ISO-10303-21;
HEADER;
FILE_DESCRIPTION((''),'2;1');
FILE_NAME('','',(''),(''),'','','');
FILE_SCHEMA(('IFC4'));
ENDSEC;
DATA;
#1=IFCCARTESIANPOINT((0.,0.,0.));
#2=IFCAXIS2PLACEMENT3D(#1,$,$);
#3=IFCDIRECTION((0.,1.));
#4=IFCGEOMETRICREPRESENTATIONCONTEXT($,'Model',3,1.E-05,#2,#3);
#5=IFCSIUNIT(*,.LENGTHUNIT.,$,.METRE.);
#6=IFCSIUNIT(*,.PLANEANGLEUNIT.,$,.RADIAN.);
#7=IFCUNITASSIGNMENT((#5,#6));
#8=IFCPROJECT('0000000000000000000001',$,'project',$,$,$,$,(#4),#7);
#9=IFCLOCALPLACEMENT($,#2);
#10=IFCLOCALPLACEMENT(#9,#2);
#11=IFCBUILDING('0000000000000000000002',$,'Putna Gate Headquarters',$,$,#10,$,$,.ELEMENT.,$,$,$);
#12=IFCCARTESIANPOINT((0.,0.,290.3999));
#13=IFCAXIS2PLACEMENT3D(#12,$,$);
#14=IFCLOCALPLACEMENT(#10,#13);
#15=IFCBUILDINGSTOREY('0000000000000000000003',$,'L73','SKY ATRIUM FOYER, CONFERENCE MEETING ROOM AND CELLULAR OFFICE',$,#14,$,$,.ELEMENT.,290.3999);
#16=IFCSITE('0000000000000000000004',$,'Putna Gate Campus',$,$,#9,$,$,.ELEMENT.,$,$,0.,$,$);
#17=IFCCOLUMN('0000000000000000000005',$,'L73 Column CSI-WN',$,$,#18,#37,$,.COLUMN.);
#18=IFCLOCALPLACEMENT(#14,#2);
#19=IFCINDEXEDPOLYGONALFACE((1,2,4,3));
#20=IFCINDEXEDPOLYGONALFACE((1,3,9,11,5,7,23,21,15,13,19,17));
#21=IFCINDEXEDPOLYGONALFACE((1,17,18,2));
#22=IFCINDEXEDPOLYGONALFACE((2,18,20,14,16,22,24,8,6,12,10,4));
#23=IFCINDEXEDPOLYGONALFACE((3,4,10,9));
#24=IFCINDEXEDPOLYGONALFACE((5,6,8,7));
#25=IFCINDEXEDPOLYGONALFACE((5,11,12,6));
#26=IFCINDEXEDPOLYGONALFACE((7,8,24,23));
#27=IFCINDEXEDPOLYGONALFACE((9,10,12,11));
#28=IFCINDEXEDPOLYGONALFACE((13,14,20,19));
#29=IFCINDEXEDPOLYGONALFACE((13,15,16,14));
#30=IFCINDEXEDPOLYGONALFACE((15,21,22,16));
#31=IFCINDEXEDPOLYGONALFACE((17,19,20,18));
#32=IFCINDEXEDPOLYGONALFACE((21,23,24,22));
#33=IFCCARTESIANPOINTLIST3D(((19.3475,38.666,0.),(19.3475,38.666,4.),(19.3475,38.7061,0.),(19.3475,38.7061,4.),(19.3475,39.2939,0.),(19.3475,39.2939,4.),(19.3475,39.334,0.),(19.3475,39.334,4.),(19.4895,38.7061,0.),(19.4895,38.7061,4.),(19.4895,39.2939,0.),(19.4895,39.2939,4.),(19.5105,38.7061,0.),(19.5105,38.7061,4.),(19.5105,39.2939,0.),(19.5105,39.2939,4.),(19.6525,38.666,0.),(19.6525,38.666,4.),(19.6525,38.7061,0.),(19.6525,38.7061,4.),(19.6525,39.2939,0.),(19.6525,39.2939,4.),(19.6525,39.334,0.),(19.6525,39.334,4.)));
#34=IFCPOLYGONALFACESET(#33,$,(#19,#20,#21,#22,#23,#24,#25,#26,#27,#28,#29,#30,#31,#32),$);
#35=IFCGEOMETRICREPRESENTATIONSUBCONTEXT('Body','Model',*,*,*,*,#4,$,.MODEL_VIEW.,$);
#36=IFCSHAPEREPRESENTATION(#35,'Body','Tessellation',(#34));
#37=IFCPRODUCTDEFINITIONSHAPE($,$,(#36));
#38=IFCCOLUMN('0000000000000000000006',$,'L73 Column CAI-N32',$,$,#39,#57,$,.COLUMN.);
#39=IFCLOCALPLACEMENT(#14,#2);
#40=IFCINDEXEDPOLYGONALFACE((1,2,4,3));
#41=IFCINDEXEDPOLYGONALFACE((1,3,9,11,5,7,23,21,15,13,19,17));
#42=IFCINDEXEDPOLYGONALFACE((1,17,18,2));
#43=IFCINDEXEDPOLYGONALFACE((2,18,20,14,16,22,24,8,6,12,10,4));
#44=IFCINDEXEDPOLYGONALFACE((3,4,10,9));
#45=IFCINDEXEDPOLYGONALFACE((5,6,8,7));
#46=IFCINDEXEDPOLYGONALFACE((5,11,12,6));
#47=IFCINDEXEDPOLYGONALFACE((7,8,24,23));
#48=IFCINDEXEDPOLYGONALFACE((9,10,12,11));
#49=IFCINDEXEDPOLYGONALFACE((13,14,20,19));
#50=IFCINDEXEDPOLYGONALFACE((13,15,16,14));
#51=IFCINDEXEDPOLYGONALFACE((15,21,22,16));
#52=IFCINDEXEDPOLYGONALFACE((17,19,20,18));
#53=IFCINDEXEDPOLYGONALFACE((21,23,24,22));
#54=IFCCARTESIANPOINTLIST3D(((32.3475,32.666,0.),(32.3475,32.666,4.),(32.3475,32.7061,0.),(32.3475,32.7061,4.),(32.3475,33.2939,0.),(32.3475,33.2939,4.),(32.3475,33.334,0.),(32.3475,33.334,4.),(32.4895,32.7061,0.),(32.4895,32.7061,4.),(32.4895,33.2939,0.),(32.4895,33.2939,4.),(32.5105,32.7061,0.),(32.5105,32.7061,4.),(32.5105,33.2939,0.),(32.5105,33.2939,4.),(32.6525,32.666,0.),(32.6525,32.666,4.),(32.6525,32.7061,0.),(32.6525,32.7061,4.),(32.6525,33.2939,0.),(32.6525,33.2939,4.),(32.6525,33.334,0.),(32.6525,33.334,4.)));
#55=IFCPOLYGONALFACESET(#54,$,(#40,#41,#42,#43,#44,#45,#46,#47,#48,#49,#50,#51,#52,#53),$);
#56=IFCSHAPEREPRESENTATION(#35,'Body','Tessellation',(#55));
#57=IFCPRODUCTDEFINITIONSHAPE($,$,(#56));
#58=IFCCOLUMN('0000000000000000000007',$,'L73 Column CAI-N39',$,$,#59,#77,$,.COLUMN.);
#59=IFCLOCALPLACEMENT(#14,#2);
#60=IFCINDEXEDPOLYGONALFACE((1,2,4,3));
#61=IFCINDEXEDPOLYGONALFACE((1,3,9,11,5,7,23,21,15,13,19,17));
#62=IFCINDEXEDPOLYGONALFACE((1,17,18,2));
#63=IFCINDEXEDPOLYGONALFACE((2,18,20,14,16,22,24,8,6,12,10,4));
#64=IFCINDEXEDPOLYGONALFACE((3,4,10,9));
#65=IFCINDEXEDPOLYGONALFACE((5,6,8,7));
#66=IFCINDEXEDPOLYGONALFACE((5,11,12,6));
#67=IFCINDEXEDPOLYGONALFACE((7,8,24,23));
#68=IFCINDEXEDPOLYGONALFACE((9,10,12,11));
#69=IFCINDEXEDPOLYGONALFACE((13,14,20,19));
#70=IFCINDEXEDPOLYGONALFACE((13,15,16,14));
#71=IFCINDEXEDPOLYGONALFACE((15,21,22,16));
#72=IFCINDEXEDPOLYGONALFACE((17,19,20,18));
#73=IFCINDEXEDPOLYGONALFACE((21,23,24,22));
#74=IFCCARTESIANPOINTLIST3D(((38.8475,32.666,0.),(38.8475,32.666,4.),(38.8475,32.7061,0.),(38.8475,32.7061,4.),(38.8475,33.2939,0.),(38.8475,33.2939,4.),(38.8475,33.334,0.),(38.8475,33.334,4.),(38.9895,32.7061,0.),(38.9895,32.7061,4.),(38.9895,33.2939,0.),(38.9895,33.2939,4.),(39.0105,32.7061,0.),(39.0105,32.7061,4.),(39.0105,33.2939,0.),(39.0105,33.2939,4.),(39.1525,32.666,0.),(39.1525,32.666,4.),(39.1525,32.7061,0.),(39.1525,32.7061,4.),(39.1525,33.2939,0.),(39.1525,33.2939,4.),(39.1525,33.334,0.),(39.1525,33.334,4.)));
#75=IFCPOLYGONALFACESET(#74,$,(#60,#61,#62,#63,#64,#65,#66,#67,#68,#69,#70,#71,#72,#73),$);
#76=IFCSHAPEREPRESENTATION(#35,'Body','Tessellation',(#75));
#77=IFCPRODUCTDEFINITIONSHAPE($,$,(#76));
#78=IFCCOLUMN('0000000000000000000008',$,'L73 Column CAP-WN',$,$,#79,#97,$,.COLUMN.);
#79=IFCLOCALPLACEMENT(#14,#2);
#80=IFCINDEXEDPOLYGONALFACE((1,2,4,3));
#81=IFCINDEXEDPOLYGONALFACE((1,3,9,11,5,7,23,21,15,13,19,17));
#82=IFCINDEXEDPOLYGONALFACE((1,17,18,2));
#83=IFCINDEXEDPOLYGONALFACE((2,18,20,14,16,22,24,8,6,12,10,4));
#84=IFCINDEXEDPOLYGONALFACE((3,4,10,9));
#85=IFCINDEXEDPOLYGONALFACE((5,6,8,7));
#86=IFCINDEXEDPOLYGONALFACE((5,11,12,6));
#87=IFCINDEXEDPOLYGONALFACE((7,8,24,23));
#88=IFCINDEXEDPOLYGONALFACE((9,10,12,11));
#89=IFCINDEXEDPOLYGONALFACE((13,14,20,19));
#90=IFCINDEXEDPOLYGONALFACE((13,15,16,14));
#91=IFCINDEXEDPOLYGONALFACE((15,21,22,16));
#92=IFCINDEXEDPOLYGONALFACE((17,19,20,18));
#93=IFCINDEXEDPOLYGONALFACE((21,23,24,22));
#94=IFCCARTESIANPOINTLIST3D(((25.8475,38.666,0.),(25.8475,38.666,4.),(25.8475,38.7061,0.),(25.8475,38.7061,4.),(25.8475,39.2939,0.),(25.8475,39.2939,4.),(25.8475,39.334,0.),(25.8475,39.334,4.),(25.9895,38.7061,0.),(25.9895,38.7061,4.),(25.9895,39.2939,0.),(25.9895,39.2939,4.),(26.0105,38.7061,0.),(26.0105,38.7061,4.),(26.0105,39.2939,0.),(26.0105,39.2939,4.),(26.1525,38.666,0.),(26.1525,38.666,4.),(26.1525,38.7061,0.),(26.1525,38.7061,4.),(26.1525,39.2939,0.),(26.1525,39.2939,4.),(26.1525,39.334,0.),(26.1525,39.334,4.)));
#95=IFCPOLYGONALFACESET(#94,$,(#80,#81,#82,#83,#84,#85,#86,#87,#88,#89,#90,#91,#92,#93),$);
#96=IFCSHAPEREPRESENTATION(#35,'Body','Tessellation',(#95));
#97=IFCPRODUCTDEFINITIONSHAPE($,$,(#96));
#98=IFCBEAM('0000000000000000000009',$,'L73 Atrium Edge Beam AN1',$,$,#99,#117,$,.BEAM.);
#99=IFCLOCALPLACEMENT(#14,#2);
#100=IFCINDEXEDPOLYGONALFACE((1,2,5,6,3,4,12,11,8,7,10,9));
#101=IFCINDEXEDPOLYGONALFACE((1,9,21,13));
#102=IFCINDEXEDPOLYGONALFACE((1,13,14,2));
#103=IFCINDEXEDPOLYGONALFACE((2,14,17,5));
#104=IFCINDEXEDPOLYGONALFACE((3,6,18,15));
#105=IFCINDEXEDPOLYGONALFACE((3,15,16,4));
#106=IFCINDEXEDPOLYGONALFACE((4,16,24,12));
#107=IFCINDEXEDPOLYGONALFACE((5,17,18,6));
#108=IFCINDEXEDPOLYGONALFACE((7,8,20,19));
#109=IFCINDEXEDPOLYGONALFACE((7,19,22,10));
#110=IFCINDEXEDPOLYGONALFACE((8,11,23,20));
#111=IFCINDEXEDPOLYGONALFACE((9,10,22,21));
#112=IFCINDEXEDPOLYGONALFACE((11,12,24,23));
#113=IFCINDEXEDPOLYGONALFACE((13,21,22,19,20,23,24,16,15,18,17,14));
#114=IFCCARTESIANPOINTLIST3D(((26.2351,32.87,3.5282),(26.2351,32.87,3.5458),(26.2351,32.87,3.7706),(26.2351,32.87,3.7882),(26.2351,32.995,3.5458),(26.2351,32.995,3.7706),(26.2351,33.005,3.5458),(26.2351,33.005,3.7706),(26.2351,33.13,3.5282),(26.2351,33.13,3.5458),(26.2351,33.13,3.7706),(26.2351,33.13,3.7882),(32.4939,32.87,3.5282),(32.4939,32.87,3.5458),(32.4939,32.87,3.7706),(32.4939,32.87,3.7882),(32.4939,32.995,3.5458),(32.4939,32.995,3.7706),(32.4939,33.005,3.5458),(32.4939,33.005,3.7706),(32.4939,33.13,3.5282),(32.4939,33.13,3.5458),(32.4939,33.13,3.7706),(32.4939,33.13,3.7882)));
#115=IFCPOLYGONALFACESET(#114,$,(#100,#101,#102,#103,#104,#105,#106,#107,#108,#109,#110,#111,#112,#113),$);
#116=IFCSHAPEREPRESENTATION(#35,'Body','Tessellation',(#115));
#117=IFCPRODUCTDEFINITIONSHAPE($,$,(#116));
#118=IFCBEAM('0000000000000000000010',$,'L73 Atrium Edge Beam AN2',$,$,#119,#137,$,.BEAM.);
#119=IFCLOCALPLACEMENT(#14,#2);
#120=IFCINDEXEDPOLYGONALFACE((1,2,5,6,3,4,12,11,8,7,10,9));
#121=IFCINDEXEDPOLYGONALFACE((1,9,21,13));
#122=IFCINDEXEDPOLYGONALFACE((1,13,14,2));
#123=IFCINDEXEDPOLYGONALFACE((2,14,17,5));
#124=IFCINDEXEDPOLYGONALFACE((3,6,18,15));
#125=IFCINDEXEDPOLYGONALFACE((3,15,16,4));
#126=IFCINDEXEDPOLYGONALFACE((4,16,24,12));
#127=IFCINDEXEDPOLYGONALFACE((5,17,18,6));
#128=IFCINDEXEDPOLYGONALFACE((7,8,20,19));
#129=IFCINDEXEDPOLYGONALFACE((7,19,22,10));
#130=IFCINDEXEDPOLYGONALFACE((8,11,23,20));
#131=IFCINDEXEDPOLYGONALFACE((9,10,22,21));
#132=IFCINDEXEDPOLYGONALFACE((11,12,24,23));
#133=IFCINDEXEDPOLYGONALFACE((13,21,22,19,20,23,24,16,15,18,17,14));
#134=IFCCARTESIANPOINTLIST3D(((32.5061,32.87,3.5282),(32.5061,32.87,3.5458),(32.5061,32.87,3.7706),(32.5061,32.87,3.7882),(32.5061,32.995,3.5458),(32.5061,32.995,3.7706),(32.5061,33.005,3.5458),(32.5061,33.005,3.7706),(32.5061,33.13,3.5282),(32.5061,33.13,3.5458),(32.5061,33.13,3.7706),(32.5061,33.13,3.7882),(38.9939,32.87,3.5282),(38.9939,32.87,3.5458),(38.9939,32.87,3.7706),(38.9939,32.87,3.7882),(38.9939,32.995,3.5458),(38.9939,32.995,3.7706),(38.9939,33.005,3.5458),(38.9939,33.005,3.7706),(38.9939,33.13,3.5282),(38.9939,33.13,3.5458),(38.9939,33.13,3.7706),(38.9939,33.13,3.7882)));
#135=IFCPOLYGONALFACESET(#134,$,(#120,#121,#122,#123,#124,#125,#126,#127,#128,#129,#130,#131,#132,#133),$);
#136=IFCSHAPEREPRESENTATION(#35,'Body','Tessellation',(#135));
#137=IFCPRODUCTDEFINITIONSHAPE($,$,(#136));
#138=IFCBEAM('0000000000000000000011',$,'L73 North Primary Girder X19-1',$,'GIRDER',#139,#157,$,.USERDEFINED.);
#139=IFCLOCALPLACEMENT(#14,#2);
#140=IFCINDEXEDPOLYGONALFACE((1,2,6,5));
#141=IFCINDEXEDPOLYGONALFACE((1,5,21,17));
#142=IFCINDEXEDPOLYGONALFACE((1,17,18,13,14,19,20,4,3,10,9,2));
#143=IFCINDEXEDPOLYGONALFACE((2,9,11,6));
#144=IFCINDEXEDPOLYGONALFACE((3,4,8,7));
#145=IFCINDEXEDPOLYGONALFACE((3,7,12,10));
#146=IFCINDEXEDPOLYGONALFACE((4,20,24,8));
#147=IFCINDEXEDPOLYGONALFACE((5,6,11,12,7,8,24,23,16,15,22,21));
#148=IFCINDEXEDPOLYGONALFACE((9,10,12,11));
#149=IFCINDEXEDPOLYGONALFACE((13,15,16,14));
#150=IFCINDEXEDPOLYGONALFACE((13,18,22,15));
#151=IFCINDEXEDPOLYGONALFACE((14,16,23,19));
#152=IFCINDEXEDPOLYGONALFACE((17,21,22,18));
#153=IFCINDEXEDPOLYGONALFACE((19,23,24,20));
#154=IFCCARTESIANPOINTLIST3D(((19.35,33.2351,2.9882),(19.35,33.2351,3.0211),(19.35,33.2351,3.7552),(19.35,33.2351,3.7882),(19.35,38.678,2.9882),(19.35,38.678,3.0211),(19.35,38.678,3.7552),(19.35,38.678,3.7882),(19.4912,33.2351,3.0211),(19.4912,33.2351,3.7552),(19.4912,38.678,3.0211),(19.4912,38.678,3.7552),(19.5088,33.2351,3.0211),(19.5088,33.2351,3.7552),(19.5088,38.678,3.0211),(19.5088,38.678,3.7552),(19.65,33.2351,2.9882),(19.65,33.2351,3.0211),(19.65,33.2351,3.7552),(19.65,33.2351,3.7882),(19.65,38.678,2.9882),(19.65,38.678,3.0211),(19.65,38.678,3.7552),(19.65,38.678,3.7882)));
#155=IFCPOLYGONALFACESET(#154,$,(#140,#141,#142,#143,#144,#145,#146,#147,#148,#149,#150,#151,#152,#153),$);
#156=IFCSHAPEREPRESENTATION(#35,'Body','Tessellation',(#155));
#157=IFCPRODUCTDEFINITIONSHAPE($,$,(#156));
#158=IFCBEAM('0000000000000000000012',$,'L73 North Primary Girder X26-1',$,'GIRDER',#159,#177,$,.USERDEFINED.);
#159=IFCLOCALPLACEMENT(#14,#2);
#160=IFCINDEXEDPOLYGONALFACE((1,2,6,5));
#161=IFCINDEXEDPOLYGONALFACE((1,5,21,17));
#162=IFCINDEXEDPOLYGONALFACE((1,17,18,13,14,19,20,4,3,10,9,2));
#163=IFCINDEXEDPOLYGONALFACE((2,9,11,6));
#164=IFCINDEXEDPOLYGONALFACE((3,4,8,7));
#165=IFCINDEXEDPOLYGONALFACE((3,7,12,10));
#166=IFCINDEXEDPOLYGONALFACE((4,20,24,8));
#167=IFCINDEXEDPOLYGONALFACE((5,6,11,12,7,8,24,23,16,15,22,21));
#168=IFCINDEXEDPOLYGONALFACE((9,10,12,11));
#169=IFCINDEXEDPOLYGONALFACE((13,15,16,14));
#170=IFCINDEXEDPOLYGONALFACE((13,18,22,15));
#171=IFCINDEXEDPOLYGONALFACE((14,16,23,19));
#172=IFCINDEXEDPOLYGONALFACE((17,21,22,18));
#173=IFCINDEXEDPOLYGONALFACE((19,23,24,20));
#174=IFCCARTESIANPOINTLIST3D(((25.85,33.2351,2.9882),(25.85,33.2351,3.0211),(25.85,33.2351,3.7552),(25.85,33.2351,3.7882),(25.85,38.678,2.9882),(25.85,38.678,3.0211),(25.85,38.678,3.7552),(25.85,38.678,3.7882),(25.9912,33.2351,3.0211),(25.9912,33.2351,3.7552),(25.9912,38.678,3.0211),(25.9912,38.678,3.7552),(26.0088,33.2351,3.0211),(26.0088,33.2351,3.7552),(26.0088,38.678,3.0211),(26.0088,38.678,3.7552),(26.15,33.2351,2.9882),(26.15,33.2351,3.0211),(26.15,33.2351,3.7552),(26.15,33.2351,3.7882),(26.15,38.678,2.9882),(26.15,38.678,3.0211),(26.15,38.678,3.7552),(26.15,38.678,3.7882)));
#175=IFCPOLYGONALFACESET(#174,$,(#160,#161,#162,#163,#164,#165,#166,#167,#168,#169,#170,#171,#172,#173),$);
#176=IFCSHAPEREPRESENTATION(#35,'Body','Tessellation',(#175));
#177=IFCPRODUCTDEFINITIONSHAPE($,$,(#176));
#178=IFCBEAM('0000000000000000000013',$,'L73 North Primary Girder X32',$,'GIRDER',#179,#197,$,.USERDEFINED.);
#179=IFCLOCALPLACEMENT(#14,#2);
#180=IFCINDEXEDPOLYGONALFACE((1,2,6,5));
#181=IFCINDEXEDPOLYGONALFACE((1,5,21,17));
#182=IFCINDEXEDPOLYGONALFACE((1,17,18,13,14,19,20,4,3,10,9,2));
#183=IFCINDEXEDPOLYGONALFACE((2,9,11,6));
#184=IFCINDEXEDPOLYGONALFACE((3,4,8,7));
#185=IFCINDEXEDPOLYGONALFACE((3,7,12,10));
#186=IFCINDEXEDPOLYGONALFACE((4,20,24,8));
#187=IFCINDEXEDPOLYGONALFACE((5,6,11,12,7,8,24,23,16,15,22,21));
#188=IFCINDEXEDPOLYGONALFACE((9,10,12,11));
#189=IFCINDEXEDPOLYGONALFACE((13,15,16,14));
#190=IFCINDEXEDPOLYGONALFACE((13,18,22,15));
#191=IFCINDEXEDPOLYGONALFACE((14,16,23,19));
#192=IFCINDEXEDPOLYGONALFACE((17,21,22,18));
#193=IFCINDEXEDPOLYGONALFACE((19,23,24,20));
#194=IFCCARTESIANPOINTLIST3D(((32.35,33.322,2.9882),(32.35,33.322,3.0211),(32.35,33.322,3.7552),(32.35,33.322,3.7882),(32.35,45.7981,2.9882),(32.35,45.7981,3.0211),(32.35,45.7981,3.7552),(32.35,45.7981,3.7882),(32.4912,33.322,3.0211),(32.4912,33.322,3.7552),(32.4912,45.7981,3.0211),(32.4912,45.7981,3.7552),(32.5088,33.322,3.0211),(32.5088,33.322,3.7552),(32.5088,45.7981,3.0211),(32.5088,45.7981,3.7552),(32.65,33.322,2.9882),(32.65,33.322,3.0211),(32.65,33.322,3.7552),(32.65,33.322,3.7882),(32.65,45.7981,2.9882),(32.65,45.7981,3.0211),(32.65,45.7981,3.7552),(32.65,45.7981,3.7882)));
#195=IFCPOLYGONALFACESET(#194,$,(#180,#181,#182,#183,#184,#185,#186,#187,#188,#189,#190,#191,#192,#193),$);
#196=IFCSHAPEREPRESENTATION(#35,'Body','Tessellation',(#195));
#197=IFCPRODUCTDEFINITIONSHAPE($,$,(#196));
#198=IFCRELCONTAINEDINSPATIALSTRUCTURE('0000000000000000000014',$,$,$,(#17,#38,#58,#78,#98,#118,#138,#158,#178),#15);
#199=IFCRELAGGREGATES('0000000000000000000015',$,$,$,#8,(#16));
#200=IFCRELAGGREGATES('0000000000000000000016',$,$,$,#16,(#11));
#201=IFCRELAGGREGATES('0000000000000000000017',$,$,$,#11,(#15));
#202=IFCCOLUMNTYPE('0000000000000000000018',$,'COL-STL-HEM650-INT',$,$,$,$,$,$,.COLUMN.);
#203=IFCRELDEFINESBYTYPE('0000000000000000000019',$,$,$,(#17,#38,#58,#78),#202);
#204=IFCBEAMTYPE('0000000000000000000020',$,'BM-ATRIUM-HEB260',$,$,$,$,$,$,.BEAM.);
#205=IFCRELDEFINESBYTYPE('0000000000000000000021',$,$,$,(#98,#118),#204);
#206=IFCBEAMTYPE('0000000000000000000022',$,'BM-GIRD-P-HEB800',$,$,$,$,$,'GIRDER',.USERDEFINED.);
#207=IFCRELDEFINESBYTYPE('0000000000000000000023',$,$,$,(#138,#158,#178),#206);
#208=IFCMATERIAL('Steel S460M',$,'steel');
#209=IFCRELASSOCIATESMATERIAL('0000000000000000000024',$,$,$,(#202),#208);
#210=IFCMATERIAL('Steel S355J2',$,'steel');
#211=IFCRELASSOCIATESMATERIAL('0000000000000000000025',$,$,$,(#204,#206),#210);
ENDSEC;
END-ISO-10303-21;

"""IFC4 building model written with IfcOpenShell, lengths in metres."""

from ifc_helpers import new_model, si_unit, direction, frame, origin, origin_2d, place, context, subcontext, project, spatial, i_section, extrude, material, material_profile, profile_set, type_object, element, save


model = new_model("IFC4")

# Units and contexts
model_context = context("Model", 3, precision=1e-05, world=origin(), true_north=direction((0.0, 1.0)))
body_context = subcontext(model_context, "Body", "Model", "MODEL_VIEW")
ifc_project = project(units=[si_unit("LENGTHUNIT", "METRE"), si_unit("PLANEANGLEUNIT", "RADIAN")], contexts=[model_context])

# Site, building, storey
site_placement = place(None, origin())
site = spatial("IfcSite", under=ifc_project, at=site_placement, Name="Putna Gate Campus", CompositionType="ELEMENT", RefElevation=0.0)
building_placement = place(site_placement, origin())
building = spatial("IfcBuilding", under=site, at=building_placement, Name="Putna Gate Headquarters", CompositionType="ELEMENT")
storey_placement = place(building_placement, frame((0.0, 0.0, 290.3999)))
storey = spatial("IfcBuildingStorey", under=building, at=storey_placement, Name="L73", Description="SKY ATRIUM FOYER, CONFERENCE MEETING ROOM AND CELLULAR OFFICE", CompositionType="ELEMENT", Elevation=290.3999)

# Columns
ifc_material_1 = material(Name="Steel S460M", Category="steel")
ifc_material_profile_1 = material_profile(ifc_material_1, i_section(OverallWidth=0.3049, OverallDepth=0.668, WebThickness=0.021, FlangeThickness=0.04, at=origin_2d()), Name="Steel S460M")
ifc_profile_set_1 = profile_set([ifc_material_profile_1], Name="Steel S460M")
column_type = type_object("IfcColumnType", Name="COL-STL-HEM650-INT", PredefinedType="COLUMN", material=ifc_profile_set_1)
for number, where, z_axis, x_axis, name in (
    (1, (19.5, 39.0, 0.0), (0.0, 0.0, 1.0), (1.0, 0.0, 0.0), "L73 Column CSI-WN"),
    (2, (32.5, 33.0, 0.0), (0.0, 0.0, 1.0), (1.0, 0.0, 0.0), "L73 Column CAI-N32"),
    (3, (39.0, 33.0, 0.0), (0.0, 0.0, 1.0), (1.0, 0.0, 0.0), "L73 Column CAI-N39"),
    (4, (26.0, 39.0, 0.0), (0.0, 0.0, 1.0), (1.0, 0.0, 0.0), "L73 Column CAP-WN"),
):
    element("IfcColumn", number, at=place(storey_placement, frame(where, z_axis=z_axis, x_axis=x_axis)), inside=storey, type_object=column_type, Name=name, PredefinedType="COLUMN", context=body_context, shape_type="SweptSolid", body=[
        extrude(i_section(OverallWidth=0.3049, OverallDepth=0.668, WebThickness=0.021, FlangeThickness=0.04, at=origin_2d()), origin(), (0.0, 0.0, 1.0), 4.0),
    ])

# Beams
ifc_material_2 = material(Name="Steel S355J2", Category="steel")
ifc_material_profile_2 = material_profile(ifc_material_2, i_section(OverallWidth=0.26, OverallDepth=0.26, WebThickness=0.01, FlangeThickness=0.0176, at=origin_2d()), Name="Steel S355J2")
ifc_profile_set_2 = profile_set([ifc_material_profile_2], Name="Steel S355J2")
beam_type_1 = type_object("IfcBeamType", Name="BM-ATRIUM-HEB260", PredefinedType="BEAM", material=ifc_profile_set_2)
beam_1_placement = place(storey_placement, frame((26.2351, 33.0, 3.6582), z_axis=(1.0, 0.0, 0.0), x_axis=(0.0, 1.0, 0.0)))
element("IfcBeam", 5, at=beam_1_placement, inside=storey, type_object=beam_type_1, Name="L73 Atrium Edge Beam AN1", PredefinedType="BEAM", context=body_context, shape_type="SweptSolid", body=[
    extrude(i_section(OverallWidth=0.26, OverallDepth=0.26, WebThickness=0.01, FlangeThickness=0.0176, at=origin_2d()), origin(), (0.0, 0.0, 1.0), 6.2588),
])
beam_2_placement = place(storey_placement, frame((32.5061, 33.0, 3.6582), z_axis=(1.0, 0.0, 0.0), x_axis=(0.0, 1.0, 0.0)))
element("IfcBeam", 6, at=beam_2_placement, inside=storey, type_object=beam_type_1, Name="L73 Atrium Edge Beam AN2", PredefinedType="BEAM", context=body_context, shape_type="SweptSolid", body=[
    extrude(i_section(OverallWidth=0.26, OverallDepth=0.26, WebThickness=0.01, FlangeThickness=0.0176, at=origin_2d()), origin(), (0.0, 0.0, 1.0), 6.4878),
])
ifc_material_profile_3 = material_profile(ifc_material_2, i_section(OverallWidth=0.3, OverallDepth=0.8, WebThickness=0.0176, FlangeThickness=0.033, at=origin_2d()), Name="Steel S355J2")
ifc_profile_set_3 = profile_set([ifc_material_profile_3], Name="Steel S355J2")
beam_type_2 = type_object("IfcBeamType", Name="BM-GIRD-P-HEB800", ElementType="GIRDER", PredefinedType="USERDEFINED", material=ifc_profile_set_3)
for number, where, z_axis, x_axis, name in (
    (7, (19.5, 33.2351, 3.3882), (0.0, 1.0, 0.0), (-1.0, 0.0, 0.0), "L73 North Primary Girder X19-1"),
    (8, (26.0, 33.2351, 3.3882), (0.0, 1.0, 0.0), (-1.0, 0.0, 0.0), "L73 North Primary Girder X26-1"),
):
    element("IfcBeam", number, at=place(storey_placement, frame(where, z_axis=z_axis, x_axis=x_axis)), inside=storey, type_object=beam_type_2, Name=name, ObjectType="GIRDER", PredefinedType="USERDEFINED", context=body_context, shape_type="SweptSolid", body=[
        extrude(i_section(OverallWidth=0.3, OverallDepth=0.8, WebThickness=0.0176, FlangeThickness=0.033, at=origin_2d()), origin(), (0.0, 0.0, 1.0), 5.4429),
    ])
beam_3_placement = place(storey_placement, frame((32.5, 33.322, 3.3882), z_axis=(0.0, 1.0, 0.0), x_axis=(-1.0, 0.0, 0.0)))
element("IfcBeam", 9, at=beam_3_placement, inside=storey, type_object=beam_type_2, Name="L73 North Primary Girder X32", ObjectType="GIRDER", PredefinedType="USERDEFINED", context=body_context, shape_type="SweptSolid", body=[
    extrude(i_section(OverallWidth=0.3, OverallDepth=0.8, WebThickness=0.0176, FlangeThickness=0.033, at=origin_2d()), origin(), (0.0, 0.0, 1.0), 12.4761),
])

save(model, "model.ifc")
